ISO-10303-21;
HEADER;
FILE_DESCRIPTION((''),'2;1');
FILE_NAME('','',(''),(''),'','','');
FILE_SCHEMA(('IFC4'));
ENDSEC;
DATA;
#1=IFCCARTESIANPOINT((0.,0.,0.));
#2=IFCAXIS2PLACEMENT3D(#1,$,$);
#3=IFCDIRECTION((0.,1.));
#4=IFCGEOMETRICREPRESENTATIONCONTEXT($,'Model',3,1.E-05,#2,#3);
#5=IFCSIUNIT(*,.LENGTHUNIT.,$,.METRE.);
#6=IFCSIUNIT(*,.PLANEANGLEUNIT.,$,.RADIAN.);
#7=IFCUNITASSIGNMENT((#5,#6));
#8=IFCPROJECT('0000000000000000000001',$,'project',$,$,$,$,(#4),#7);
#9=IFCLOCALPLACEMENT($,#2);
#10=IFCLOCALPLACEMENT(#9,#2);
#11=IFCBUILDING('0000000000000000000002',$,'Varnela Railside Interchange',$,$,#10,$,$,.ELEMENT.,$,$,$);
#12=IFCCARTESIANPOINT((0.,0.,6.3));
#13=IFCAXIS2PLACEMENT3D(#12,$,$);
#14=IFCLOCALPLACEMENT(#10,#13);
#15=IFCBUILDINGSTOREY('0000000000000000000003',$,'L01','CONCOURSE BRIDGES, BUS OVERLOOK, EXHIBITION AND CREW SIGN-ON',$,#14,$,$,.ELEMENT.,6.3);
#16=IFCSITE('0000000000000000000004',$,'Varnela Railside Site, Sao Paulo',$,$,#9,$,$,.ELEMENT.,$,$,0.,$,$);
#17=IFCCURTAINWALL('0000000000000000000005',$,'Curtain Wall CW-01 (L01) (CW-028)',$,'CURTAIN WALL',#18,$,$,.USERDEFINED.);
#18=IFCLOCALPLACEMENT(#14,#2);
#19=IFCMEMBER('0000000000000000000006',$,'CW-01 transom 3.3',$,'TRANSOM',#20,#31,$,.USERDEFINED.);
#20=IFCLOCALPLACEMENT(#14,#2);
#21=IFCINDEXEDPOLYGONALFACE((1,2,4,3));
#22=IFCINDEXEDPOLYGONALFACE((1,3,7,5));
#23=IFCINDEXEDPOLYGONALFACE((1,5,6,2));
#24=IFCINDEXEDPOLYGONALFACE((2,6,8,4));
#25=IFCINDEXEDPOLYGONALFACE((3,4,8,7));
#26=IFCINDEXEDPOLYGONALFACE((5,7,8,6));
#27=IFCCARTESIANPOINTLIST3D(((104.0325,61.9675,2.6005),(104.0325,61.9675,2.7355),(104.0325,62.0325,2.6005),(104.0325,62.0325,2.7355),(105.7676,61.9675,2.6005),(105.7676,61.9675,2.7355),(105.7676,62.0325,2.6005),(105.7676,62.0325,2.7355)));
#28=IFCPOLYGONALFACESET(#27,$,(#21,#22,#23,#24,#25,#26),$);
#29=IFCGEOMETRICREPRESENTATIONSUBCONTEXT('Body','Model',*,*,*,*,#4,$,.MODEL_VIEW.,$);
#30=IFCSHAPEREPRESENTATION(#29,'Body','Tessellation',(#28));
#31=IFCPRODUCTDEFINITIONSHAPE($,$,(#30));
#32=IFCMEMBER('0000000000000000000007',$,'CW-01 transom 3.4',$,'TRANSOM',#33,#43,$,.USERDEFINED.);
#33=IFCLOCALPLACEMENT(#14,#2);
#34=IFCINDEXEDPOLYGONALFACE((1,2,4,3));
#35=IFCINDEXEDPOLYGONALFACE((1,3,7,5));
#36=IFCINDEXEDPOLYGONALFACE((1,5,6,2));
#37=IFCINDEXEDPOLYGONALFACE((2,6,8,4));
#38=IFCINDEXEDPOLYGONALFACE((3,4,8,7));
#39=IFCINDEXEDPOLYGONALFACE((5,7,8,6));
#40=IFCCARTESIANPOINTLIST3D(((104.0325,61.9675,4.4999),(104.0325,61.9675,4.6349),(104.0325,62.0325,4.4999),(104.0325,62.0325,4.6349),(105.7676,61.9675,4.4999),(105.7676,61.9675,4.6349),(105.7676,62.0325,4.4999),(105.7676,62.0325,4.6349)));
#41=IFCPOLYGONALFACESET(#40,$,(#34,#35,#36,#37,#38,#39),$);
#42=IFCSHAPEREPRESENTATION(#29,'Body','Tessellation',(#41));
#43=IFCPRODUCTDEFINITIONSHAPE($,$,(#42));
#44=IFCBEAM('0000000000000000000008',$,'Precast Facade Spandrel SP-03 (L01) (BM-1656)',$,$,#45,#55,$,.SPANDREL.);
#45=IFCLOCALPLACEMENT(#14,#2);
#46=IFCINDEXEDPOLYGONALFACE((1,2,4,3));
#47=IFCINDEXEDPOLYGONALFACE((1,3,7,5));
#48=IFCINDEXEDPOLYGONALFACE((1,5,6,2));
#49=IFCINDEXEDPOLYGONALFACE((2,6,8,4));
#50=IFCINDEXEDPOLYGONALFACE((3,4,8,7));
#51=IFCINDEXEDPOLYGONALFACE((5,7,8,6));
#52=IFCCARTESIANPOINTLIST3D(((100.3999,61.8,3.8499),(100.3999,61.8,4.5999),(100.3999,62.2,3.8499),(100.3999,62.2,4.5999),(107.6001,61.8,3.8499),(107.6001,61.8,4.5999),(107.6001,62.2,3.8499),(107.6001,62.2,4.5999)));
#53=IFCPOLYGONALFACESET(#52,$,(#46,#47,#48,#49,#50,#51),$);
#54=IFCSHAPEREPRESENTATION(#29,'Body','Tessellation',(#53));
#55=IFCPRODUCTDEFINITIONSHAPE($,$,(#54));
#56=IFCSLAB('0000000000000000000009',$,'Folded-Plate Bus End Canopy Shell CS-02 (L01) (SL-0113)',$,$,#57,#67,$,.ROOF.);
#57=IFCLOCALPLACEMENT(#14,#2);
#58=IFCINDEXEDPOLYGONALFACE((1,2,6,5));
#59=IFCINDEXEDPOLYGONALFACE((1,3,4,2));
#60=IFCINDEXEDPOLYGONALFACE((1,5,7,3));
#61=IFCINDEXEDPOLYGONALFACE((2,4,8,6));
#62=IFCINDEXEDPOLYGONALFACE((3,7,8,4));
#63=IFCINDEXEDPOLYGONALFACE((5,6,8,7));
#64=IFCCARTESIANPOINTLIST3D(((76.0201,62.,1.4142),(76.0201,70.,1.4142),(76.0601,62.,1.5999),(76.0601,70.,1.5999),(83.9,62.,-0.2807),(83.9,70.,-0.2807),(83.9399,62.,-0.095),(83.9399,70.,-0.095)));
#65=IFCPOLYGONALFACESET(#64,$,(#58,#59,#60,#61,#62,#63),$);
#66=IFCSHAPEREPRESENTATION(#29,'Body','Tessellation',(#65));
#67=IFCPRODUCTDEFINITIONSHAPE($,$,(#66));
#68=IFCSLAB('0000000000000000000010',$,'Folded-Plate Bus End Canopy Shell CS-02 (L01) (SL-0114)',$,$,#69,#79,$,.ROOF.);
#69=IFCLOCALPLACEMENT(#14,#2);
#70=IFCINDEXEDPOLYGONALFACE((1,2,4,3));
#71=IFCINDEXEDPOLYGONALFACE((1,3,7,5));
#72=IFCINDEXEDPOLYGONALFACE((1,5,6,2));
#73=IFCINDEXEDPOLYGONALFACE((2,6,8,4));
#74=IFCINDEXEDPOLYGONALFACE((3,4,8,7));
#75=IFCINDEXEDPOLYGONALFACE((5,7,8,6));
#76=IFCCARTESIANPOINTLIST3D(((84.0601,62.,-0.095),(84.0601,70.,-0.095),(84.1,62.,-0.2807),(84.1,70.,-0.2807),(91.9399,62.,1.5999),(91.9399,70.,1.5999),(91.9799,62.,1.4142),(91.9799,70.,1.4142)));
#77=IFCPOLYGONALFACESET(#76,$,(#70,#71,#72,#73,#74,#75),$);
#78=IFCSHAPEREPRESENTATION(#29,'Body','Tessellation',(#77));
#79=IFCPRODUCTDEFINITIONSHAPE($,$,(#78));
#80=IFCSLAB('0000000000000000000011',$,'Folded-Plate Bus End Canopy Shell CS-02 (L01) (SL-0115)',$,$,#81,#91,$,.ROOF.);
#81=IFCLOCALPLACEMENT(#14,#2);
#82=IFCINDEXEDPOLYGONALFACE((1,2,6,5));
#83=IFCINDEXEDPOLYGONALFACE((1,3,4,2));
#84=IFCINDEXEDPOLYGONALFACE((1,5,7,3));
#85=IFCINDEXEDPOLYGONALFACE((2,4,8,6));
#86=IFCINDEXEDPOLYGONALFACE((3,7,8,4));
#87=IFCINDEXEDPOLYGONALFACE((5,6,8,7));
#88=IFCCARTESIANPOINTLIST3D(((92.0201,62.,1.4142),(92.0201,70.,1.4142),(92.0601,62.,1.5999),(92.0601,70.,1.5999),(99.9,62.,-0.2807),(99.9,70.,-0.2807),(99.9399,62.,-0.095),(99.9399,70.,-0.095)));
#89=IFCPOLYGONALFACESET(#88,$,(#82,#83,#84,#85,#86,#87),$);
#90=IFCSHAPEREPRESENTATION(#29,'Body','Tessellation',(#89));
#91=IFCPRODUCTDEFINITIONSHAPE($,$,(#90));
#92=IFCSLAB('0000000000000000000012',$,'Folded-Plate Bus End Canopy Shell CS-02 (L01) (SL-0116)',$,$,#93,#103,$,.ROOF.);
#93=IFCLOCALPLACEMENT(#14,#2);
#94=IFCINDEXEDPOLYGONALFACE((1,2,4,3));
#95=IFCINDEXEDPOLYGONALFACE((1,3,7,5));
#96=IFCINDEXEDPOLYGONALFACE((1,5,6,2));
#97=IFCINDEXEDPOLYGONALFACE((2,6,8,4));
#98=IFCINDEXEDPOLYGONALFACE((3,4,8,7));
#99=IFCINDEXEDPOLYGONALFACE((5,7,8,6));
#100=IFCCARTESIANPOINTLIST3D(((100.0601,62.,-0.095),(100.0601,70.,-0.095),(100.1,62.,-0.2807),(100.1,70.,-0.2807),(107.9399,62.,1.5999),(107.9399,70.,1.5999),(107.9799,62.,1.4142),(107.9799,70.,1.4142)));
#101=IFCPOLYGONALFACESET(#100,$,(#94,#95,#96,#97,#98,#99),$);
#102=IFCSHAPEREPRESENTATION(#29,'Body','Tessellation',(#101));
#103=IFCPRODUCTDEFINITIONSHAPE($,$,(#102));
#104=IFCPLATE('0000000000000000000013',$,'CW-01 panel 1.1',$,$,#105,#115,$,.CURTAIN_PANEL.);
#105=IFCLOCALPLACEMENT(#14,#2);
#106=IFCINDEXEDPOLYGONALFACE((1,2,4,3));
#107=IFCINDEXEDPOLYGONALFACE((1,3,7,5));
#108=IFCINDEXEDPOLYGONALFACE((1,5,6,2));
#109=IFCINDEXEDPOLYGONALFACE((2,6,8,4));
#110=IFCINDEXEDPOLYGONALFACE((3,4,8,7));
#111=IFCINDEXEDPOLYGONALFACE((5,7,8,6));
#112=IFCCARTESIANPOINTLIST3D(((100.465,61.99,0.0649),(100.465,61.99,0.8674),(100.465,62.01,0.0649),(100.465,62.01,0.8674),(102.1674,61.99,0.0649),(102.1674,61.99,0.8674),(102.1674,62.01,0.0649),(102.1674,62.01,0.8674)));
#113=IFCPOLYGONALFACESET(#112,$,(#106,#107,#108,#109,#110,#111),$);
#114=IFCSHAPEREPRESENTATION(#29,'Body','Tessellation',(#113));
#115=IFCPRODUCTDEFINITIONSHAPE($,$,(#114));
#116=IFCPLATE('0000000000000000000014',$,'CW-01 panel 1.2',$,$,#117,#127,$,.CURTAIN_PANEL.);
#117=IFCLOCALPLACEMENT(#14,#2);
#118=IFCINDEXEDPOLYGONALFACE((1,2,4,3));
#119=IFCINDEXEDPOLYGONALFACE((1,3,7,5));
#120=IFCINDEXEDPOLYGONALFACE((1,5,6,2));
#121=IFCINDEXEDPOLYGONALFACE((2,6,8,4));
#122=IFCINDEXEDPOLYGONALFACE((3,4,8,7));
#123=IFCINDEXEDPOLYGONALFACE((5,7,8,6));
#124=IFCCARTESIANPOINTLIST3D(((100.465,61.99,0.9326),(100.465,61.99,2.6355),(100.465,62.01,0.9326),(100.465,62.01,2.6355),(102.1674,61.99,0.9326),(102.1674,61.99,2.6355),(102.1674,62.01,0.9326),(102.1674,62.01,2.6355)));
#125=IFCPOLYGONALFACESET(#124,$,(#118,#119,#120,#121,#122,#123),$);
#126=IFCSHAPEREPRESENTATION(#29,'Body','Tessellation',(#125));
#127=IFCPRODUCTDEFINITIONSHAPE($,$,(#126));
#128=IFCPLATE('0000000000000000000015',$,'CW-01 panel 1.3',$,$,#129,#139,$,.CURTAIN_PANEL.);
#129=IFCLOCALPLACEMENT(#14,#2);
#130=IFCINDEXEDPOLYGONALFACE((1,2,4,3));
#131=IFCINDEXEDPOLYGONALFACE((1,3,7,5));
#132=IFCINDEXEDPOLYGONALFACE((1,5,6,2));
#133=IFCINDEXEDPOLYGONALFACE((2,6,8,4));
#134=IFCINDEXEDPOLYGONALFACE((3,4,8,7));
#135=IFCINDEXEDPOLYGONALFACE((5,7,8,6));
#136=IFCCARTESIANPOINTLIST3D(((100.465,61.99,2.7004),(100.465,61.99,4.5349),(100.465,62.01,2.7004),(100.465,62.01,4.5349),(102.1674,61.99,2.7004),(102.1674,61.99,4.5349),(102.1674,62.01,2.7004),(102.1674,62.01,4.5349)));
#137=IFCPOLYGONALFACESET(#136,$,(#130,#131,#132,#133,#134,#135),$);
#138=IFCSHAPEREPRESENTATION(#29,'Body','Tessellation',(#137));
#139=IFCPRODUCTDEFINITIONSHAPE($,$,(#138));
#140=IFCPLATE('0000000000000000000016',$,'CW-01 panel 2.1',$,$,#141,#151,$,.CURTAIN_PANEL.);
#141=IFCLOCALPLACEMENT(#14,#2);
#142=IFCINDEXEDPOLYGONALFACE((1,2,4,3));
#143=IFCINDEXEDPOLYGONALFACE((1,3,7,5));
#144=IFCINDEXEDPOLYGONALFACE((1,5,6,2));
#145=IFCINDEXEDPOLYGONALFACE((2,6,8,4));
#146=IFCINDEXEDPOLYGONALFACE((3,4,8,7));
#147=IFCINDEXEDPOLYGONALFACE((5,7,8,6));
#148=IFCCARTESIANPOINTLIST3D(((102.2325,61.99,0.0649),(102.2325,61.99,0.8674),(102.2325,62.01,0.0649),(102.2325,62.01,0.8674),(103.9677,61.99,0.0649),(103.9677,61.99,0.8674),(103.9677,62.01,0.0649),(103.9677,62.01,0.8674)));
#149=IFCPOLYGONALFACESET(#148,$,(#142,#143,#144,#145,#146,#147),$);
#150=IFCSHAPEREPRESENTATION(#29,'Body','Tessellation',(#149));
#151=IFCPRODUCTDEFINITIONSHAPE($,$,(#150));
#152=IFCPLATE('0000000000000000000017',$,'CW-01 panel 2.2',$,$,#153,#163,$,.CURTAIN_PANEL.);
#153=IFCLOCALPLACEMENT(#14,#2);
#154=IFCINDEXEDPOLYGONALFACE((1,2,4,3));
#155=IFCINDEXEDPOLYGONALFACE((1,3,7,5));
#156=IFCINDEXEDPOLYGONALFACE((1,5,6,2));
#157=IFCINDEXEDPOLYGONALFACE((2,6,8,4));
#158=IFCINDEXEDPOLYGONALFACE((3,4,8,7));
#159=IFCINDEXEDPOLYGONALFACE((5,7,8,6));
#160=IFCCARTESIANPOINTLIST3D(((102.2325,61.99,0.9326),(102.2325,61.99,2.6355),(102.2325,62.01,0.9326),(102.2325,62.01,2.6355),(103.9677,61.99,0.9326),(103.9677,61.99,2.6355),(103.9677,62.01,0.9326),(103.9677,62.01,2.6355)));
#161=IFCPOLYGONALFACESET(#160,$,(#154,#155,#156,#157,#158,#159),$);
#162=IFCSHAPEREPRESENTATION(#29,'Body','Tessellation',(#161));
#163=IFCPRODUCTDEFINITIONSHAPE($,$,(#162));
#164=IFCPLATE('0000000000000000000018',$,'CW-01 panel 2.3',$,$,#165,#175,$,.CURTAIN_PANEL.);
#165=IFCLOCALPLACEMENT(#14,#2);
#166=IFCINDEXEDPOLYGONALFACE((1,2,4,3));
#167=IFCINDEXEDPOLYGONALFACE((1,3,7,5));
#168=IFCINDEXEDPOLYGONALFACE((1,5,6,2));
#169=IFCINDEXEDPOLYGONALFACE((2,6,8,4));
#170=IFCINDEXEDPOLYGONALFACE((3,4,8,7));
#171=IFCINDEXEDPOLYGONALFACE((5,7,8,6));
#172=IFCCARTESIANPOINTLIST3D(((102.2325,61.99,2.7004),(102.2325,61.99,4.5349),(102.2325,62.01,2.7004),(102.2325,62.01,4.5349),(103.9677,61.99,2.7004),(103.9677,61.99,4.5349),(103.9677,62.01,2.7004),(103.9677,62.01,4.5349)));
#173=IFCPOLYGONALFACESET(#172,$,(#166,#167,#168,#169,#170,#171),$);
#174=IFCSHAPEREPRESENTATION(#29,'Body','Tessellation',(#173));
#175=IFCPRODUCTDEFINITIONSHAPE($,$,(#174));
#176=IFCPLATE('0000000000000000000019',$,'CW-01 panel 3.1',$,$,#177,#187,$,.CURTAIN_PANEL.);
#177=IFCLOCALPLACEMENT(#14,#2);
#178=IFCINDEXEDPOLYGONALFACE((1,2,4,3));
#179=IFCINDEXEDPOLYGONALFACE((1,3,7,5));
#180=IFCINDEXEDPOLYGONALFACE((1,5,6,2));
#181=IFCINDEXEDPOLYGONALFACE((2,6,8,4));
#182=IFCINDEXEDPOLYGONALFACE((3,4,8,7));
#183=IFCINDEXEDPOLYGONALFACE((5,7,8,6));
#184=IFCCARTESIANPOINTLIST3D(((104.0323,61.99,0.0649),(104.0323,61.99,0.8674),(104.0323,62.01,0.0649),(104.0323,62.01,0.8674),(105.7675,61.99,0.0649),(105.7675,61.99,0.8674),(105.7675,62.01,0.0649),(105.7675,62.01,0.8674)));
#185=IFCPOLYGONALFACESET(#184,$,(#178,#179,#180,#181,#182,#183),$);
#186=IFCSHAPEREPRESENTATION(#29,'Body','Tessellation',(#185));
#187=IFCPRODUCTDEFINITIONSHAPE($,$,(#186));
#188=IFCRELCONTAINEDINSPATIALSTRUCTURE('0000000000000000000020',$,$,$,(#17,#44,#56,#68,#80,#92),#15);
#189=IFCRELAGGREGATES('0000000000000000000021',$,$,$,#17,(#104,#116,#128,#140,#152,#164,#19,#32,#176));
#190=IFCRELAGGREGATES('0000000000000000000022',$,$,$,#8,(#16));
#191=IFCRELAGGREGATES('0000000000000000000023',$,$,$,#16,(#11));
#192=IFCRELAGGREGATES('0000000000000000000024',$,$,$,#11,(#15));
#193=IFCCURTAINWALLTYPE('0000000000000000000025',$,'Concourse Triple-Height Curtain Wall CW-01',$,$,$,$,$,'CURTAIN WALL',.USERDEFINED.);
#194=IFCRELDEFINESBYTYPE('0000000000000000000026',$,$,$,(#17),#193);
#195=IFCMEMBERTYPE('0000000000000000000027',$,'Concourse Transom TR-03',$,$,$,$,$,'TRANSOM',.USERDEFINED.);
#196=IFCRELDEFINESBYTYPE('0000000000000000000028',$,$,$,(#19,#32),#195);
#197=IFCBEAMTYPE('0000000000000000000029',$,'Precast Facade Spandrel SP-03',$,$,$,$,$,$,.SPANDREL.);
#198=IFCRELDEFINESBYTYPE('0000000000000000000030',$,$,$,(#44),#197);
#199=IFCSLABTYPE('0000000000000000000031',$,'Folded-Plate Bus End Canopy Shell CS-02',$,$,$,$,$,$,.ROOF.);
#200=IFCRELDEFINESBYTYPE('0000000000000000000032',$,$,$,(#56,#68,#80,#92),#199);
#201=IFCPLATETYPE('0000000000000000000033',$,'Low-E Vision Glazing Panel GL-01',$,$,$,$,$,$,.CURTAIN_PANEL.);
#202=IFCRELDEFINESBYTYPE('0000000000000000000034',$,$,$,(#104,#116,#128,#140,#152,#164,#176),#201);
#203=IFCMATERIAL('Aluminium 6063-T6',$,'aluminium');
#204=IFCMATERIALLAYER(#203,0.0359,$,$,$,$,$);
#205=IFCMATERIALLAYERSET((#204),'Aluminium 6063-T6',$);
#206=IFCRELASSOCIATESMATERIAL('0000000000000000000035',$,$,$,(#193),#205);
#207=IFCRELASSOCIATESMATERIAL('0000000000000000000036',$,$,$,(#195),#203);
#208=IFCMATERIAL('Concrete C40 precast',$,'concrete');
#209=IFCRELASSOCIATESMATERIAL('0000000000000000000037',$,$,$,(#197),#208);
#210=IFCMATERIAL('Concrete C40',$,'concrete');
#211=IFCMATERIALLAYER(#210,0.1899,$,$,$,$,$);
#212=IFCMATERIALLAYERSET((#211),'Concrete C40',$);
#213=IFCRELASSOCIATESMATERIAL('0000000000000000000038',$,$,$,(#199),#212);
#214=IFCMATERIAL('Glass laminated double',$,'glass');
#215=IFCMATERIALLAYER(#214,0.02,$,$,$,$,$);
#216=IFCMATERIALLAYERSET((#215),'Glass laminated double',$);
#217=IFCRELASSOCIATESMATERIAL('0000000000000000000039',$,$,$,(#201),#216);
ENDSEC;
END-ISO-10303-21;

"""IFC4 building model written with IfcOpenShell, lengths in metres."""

from ifc_helpers import new_model, si_unit, direction, frame, origin, origin_2d, place, context, subcontext, project, spatial, polyline, rectangle, outline, extrude, material, layer, layer_set, material_profile, profile_set, type_object, element, aggregate, save


model = new_model("IFC4")

# Units and contexts
model_context = context("Model", 3, precision=1e-05, world=origin(), true_north=direction((0.0, 1.0)))
body_context = subcontext(model_context, "Body", "Model", "MODEL_VIEW")
ifc_project = project(units=[si_unit("LENGTHUNIT", "METRE"), si_unit("PLANEANGLEUNIT", "RADIAN")], contexts=[model_context])

# Site, building, storey
site_placement = place(None, origin())
site = spatial("IfcSite", under=ifc_project, at=site_placement, Name="Varnela Railside Site, Sao Paulo", CompositionType="ELEMENT", RefElevation=0.0)
building_placement = place(site_placement, origin())
building = spatial("IfcBuilding", under=site, at=building_placement, Name="Varnela Railside Interchange", CompositionType="ELEMENT")
storey_placement = place(building_placement, frame((0.0, 0.0, 6.3)))
storey = spatial("IfcBuildingStorey", under=building, at=storey_placement, Name="L01", Description="CONCOURSE BRIDGES, BUS OVERLOOK, EXHIBITION AND CREW SIGN-ON", CompositionType="ELEMENT", Elevation=6.3)

# Curtain wall, members
ifc_material_1 = material(Name="Aluminium 6063-T6", Category="aluminium")
ifc_layer_1 = layer(ifc_material_1, 0.0359)
ifc_layer_set_1 = layer_set([ifc_layer_1], Name="Aluminium 6063-T6")
curtain_wall_type = type_object("IfcCurtainWallType", Name="Concourse Triple-Height Curtain Wall CW-01", ElementType="CURTAIN WALL", PredefinedType="USERDEFINED", material=ifc_layer_set_1)
curtain_wall_placement = place(storey_placement, origin())
curtain_wall = element("IfcCurtainWall", 1, at=curtain_wall_placement, inside=storey, type_object=curtain_wall_type, Name="Curtain Wall CW-01 (L01) (CW-028)", ObjectType="CURTAIN WALL", PredefinedType="USERDEFINED")
ifc_material_profile_1 = material_profile(ifc_material_1, rectangle(XDim=0.0649, YDim=0.135, at=origin_2d()), Name="ALU 65x135")
ifc_profile_set_1 = profile_set([ifc_material_profile_1], Name="Aluminium 6063-T6")
member_type_1 = type_object("IfcMemberType", Name="Concourse Transom TR-03", ElementType="TRANSOM", PredefinedType="USERDEFINED", material=ifc_profile_set_1)
member_1_placement = place(storey_placement, frame((104.0325, 62.0, 2.668), z_axis=(1.0, 0.0, 0.0), x_axis=(0.0, 1.0, 0.0)))
member_1 = element("IfcMember", 2, at=member_1_placement, type_object=member_type_1, Name="CW-01 transom 3.3", ObjectType="TRANSOM", PredefinedType="USERDEFINED", context=body_context, shape_type="SweptSolid", body=[
    extrude(rectangle(XDim=0.0649, YDim=0.135, at=origin_2d()), origin(), (0.0, 0.0, 1.0), 1.7351),
])
member_2_placement = place(storey_placement, frame((104.0325, 62.0, 4.5674), z_axis=(1.0, 0.0, 0.0), x_axis=(0.0, 1.0, 0.0)))
member_2 = element("IfcMember", 3, at=member_2_placement, type_object=member_type_1, Name="CW-01 transom 3.4", ObjectType="TRANSOM", PredefinedType="USERDEFINED", context=body_context, shape_type="SweptSolid", body=[
    extrude(rectangle(XDim=0.0649, YDim=0.135, at=origin_2d()), origin(), (0.0, 0.0, 1.0), 1.7351),
])

# Beam
ifc_material_2 = material(Name="Concrete C40 precast", Category="concrete")
ifc_material_profile_2 = material_profile(ifc_material_2, rectangle(XDim=0.3999, YDim=0.75, at=origin_2d()), Name="PC 400x750")
ifc_profile_set_2 = profile_set([ifc_material_profile_2], Name="Concrete C40 precast")
beam_type = type_object("IfcBeamType", Name="Precast Facade Spandrel SP-03", PredefinedType="SPANDREL", material=ifc_profile_set_2)
beam_placement = place(storey_placement, frame((100.3999, 62.0, 4.2249), z_axis=(1.0, 0.0, 0.0), x_axis=(0.0, 1.0, 0.0)))
element("IfcBeam", 4, at=beam_placement, inside=storey, type_object=beam_type, Name="Precast Facade Spandrel SP-03 (L01) (BM-1656)", PredefinedType="SPANDREL", context=body_context, shape_type="SweptSolid", body=[
    extrude(rectangle(XDim=0.3999, YDim=0.75, at=origin_2d()), origin(), (0.0, 0.0, 1.0), 7.2002),
])

# Slabs
ifc_material_3 = material(Name="Concrete C40", Category="concrete")
ifc_layer_2 = layer(ifc_material_3, 0.1899)
ifc_layer_set_2 = layer_set([ifc_layer_2], Name="Concrete C40")
slab_type = type_object("IfcSlabType", Name="Folded-Plate Bus End Canopy Shell CS-02", PredefinedType="ROOF", material=ifc_layer_set_2)
for number, where, z_axis, x_axis, name in (
    (5, (76.0601, 62.0, 1.5999), (0.210274, 0.0, 0.977643), (0.977643, 0.0, -0.210274), "Folded-Plate Bus End Canopy Shell CS-02 (L01) (SL-0113)"),
    (6, (84.0601, 62.0, -0.095), (-0.210274, 0.0, 0.977643), (0.977643, 0.0, 0.210274), "Folded-Plate Bus End Canopy Shell CS-02 (L01) (SL-0114)"),
    (7, (92.0601, 62.0, 1.5999), (0.210274, 0.0, 0.977643), (0.977643, 0.0, -0.210274), "Folded-Plate Bus End Canopy Shell CS-02 (L01) (SL-0115)"),
    (8, (100.0601, 62.0, -0.095), (-0.210274, 0.0, 0.977643), (0.977643, 0.0, 0.210274), "Folded-Plate Bus End Canopy Shell CS-02 (L01) (SL-0116)"),
):
    element("IfcSlab", number, at=place(storey_placement, frame(where, z_axis=z_axis, x_axis=x_axis)), inside=storey, type_object=slab_type, Name=name, PredefinedType="ROOF", context=body_context, shape_type="SweptSolid", body=[
        extrude(outline(polyline([(0.0, 0.0), (8.0601, 0.0), (8.0601, 8.0), (0.0, 8.0), (0.0, 0.0)])), origin(), (0.0, 0.0, -1.0), 0.1899),
    ])

# Plates
ifc_material_4 = material(Name="Glass laminated double", Category="glass")
ifc_layer_3 = layer(ifc_material_4, 0.02)
ifc_layer_set_3 = layer_set([ifc_layer_3], Name="Glass laminated double")
plate_type = type_object("IfcPlateType", Name="Low-E Vision Glazing Panel GL-01", PredefinedType="CURTAIN_PANEL", material=ifc_layer_set_3)
plate_1_placement = place(storey_placement, frame((101.3162, 62.0, 0.0649), z_axis=(0.0, 0.0, 1.0), x_axis=(1.0, 0.0, 0.0)))
plate_1 = element("IfcPlate", 9, at=plate_1_placement, type_object=plate_type, Name="CW-01 panel 1.1", PredefinedType="CURTAIN_PANEL", context=body_context, shape_type="SweptSolid", body=[
    extrude(rectangle(XDim=1.7024, YDim=0.02, at=origin_2d()), origin(), (0.0, 0.0, 1.0), 0.8025),
])
plate_2_placement = place(storey_placement, frame((101.3162, 62.0, 0.9326), z_axis=(0.0, 0.0, 1.0), x_axis=(1.0, 0.0, 0.0)))
plate_2 = element("IfcPlate", 10, at=plate_2_placement, type_object=plate_type, Name="CW-01 panel 1.2", PredefinedType="CURTAIN_PANEL", context=body_context, shape_type="SweptSolid", body=[
    extrude(rectangle(XDim=1.7024, YDim=0.02, at=origin_2d()), origin(), (0.0, 0.0, 1.0), 1.7029),
])
plate_3_placement = place(storey_placement, frame((101.3162, 62.0, 2.7004), z_axis=(0.0, 0.0, 1.0), x_axis=(1.0, 0.0, 0.0)))
plate_3 = element("IfcPlate", 11, at=plate_3_placement, type_object=plate_type, Name="CW-01 panel 1.3", PredefinedType="CURTAIN_PANEL", context=body_context, shape_type="SweptSolid", body=[
    extrude(rectangle(XDim=1.7024, YDim=0.02, at=origin_2d()), origin(), (0.0, 0.0, 1.0), 1.8345),
])
plate_4_placement = place(storey_placement, frame((103.1001, 62.0, 0.0649), z_axis=(0.0, 0.0, 1.0), x_axis=(1.0, 0.0, 0.0)))
plate_4 = element("IfcPlate", 12, at=plate_4_placement, type_object=plate_type, Name="CW-01 panel 2.1", PredefinedType="CURTAIN_PANEL", context=body_context, shape_type="SweptSolid", body=[
    extrude(rectangle(XDim=1.7351, YDim=0.02, at=origin_2d()), origin(), (0.0, 0.0, 1.0), 0.8025),
])
plate_5_placement = place(storey_placement, frame((103.1001, 62.0, 0.9326), z_axis=(0.0, 0.0, 1.0), x_axis=(1.0, 0.0, 0.0)))
plate_5 = element("IfcPlate", 13, at=plate_5_placement, type_object=plate_type, Name="CW-01 panel 2.2", PredefinedType="CURTAIN_PANEL", context=body_context, shape_type="SweptSolid", body=[
    extrude(rectangle(XDim=1.7351, YDim=0.02, at=origin_2d()), origin(), (0.0, 0.0, 1.0), 1.7029),
])
plate_6_placement = place(storey_placement, frame((103.1001, 62.0, 2.7004), z_axis=(0.0, 0.0, 1.0), x_axis=(1.0, 0.0, 0.0)))
plate_6 = element("IfcPlate", 14, at=plate_6_placement, type_object=plate_type, Name="CW-01 panel 2.3", PredefinedType="CURTAIN_PANEL", context=body_context, shape_type="SweptSolid", body=[
    extrude(rectangle(XDim=1.7351, YDim=0.02, at=origin_2d()), origin(), (0.0, 0.0, 1.0), 1.8345),
])
plate_7_placement = place(storey_placement, frame((104.8999, 62.0, 0.0649), z_axis=(0.0, 0.0, 1.0), x_axis=(1.0, 0.0, 0.0)))
plate_7 = element("IfcPlate", 15, at=plate_7_placement, type_object=plate_type, Name="CW-01 panel 3.1", PredefinedType="CURTAIN_PANEL", context=body_context, shape_type="SweptSolid", body=[
    extrude(rectangle(XDim=1.7351, YDim=0.02, at=origin_2d()), origin(), (0.0, 0.0, 1.0), 0.8025),
])
aggregate(curtain_wall, [plate_1, plate_2, plate_3, plate_4, plate_5, plate_6, member_1, member_2, plate_7])

save(model, "model.ifc")
